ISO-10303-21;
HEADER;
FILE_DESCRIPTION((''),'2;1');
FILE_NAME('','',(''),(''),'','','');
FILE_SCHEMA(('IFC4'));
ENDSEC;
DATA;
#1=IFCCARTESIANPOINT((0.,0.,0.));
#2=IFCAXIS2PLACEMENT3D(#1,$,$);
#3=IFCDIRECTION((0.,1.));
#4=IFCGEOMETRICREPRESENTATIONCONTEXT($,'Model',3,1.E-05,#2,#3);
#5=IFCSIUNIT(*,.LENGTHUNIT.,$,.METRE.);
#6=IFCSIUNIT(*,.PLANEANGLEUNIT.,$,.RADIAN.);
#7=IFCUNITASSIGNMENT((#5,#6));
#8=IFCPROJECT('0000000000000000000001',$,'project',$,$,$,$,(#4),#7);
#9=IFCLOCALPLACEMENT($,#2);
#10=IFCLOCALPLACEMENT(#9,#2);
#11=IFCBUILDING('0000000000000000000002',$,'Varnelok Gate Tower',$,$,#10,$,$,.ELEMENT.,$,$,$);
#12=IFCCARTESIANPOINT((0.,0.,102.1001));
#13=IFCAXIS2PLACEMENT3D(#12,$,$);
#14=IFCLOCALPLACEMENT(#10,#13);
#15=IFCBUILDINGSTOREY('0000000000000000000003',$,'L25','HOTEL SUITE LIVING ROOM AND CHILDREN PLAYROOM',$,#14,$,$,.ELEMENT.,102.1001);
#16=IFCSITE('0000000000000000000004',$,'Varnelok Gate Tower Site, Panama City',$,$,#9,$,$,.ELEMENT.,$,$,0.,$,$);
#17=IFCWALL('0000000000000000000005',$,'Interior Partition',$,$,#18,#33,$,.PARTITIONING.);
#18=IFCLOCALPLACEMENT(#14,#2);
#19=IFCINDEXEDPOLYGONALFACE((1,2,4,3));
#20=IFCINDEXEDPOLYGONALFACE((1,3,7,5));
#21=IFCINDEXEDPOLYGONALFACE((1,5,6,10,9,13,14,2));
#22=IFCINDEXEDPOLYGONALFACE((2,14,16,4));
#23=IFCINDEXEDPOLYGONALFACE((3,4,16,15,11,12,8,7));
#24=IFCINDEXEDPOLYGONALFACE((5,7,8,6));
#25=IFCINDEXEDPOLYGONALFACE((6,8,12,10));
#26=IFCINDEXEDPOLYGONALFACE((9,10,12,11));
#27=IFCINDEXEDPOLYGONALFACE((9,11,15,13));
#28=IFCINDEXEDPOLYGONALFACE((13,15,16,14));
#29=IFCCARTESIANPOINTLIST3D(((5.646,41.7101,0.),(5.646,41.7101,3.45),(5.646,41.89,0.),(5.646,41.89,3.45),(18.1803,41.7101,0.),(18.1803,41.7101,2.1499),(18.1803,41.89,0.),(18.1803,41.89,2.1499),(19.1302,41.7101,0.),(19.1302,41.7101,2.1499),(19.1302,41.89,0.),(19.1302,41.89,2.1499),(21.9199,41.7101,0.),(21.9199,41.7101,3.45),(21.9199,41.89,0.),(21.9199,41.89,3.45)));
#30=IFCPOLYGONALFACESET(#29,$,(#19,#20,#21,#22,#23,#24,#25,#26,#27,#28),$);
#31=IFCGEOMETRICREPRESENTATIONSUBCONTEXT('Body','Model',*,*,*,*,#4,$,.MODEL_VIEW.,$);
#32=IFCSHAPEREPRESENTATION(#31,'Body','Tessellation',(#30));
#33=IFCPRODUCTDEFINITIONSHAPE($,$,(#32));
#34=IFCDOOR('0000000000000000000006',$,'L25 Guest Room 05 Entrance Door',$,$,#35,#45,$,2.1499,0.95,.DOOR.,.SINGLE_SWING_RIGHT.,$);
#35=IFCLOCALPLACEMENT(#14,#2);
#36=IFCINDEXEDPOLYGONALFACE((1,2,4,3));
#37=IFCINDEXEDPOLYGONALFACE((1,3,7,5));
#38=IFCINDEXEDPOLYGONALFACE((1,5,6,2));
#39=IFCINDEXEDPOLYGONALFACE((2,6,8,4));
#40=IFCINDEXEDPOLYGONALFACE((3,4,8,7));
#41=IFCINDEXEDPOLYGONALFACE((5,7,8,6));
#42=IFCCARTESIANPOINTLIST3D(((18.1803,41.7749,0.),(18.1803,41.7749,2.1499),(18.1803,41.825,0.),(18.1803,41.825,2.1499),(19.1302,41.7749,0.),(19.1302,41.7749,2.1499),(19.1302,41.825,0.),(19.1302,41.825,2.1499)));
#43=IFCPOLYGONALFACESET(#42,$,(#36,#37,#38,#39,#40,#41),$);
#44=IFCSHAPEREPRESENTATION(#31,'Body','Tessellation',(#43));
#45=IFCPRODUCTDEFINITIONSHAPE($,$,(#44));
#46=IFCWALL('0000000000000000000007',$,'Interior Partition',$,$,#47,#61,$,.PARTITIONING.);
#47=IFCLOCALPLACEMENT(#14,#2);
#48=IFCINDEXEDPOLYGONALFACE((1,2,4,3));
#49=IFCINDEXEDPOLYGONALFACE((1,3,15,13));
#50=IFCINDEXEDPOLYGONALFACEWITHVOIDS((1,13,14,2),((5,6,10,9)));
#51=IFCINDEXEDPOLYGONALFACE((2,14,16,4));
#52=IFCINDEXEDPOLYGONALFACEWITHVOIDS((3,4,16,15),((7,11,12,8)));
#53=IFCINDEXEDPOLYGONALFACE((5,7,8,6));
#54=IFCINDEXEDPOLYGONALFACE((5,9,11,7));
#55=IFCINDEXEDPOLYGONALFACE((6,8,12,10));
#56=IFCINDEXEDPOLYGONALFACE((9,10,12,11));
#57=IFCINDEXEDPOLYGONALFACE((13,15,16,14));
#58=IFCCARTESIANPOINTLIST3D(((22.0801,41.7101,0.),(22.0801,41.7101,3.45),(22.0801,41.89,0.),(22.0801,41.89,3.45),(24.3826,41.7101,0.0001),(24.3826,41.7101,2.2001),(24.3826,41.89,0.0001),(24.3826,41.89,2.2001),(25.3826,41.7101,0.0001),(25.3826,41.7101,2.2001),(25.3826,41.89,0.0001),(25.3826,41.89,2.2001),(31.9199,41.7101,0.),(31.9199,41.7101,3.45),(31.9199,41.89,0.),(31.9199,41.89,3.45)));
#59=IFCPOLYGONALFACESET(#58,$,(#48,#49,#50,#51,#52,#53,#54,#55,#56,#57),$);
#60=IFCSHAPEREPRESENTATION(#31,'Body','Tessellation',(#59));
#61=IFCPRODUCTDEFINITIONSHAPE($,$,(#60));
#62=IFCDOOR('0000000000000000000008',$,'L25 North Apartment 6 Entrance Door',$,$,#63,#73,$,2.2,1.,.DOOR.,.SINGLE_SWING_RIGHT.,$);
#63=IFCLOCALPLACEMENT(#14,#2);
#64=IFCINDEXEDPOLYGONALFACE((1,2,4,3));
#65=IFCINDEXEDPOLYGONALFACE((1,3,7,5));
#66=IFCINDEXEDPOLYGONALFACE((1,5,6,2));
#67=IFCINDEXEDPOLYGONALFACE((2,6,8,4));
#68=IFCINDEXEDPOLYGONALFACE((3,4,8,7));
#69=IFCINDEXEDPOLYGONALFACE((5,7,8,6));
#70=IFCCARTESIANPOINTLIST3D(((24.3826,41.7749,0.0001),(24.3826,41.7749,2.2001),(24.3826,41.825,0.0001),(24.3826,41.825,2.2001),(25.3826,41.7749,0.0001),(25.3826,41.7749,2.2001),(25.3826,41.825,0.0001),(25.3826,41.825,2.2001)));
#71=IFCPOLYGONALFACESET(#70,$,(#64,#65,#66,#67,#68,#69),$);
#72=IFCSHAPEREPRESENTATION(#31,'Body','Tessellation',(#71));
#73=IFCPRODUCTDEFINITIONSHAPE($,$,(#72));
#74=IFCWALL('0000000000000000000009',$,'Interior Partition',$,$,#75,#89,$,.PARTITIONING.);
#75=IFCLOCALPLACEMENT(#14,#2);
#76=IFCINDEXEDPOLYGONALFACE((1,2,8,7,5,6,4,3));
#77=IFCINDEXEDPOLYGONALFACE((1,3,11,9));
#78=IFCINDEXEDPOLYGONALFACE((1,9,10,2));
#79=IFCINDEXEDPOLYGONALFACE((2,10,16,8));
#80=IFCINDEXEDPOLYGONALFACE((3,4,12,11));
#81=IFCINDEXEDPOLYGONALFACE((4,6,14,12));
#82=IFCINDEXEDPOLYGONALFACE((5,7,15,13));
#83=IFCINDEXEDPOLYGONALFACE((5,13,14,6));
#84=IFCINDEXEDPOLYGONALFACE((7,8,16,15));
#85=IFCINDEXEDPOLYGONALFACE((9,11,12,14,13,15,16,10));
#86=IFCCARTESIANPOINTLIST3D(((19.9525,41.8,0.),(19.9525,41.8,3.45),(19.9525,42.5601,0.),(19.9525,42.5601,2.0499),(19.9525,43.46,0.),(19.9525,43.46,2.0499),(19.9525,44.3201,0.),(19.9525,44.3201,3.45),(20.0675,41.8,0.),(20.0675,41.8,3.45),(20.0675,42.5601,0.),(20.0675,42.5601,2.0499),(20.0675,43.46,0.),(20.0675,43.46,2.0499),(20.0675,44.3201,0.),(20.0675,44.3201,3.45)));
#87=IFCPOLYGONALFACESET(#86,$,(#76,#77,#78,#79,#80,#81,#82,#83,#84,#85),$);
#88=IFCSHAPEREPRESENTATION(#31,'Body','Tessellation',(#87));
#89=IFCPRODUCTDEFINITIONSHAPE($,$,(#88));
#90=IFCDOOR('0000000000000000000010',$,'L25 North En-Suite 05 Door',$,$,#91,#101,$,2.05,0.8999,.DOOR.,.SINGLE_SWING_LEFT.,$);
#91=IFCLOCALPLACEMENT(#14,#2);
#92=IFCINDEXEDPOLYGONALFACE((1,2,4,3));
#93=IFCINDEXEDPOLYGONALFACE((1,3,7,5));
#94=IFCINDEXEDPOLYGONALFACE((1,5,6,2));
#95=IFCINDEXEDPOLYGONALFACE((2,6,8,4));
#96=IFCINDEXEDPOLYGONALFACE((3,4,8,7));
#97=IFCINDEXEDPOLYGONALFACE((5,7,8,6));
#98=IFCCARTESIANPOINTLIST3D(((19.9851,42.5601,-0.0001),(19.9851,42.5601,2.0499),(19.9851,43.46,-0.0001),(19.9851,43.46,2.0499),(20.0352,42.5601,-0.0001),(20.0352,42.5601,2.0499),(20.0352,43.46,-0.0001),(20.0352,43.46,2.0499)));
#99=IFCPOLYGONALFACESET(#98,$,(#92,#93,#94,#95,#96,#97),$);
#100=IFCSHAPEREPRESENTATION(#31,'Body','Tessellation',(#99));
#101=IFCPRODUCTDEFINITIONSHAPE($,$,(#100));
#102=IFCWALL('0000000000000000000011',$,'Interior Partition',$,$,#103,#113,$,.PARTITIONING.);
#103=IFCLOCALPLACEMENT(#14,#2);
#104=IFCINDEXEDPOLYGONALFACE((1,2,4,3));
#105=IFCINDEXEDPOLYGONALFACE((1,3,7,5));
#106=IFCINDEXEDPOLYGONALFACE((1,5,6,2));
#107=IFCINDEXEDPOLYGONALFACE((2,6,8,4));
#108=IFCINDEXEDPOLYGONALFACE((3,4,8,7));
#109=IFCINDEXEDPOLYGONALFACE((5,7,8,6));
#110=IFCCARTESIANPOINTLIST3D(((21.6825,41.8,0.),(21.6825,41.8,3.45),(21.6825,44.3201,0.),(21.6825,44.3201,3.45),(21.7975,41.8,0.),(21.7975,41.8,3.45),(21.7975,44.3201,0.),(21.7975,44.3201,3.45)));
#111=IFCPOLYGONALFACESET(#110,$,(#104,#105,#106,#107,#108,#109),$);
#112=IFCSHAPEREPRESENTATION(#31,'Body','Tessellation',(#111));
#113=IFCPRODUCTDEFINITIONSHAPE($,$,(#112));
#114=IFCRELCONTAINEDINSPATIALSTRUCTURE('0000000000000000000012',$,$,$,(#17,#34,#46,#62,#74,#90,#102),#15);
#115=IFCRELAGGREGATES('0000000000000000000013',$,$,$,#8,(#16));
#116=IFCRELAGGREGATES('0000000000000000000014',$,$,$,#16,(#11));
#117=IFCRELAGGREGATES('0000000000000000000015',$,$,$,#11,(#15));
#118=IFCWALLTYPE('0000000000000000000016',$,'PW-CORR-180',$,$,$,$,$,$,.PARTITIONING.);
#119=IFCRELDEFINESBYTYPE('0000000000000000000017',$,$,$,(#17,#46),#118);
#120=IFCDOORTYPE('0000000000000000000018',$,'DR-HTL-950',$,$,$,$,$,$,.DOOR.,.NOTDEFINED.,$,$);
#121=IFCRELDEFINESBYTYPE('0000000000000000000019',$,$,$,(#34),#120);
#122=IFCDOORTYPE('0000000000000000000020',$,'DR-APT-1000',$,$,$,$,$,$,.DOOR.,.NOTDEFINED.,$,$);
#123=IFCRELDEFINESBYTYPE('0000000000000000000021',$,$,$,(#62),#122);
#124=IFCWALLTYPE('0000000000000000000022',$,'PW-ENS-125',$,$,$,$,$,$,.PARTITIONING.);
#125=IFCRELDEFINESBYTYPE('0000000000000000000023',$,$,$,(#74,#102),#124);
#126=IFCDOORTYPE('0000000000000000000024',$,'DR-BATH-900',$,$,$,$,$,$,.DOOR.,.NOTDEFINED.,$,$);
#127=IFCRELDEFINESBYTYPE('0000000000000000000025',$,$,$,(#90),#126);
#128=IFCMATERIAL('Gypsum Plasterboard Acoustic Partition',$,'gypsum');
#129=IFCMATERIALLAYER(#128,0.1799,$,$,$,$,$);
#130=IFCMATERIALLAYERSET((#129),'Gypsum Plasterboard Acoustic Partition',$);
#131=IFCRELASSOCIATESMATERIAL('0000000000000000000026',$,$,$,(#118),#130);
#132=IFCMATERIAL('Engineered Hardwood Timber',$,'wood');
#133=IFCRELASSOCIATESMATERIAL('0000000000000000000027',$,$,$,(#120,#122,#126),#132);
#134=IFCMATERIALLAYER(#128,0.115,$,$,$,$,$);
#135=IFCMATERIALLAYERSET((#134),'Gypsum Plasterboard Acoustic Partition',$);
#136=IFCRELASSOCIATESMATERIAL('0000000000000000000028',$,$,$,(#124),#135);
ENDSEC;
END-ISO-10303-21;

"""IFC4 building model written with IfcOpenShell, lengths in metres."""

from ifc_helpers import new_model, si_unit, direction, frame, frame_2d, origin, place, context, subcontext, project, spatial, rectangle, extrude, material, layer, layer_set, type_object, element, fill, save


model = new_model("IFC4")

# Units and contexts
model_context = context("Model", 3, precision=1e-05, world=origin(), true_north=direction((0.0, 1.0)))
body_context = subcontext(model_context, "Body", "Model", "MODEL_VIEW")
ifc_project = project(units=[si_unit("LENGTHUNIT", "METRE"), si_unit("PLANEANGLEUNIT", "RADIAN")], contexts=[model_context])

# Site, building, storey
site_placement = place(None, origin())
site = spatial("IfcSite", under=ifc_project, at=site_placement, Name="Varnelok Gate Tower Site, Panama City", CompositionType="ELEMENT", RefElevation=0.0)
building_placement = place(site_placement, origin())
building = spatial("IfcBuilding", under=site, at=building_placement, Name="Varnelok Gate Tower", CompositionType="ELEMENT")
storey_placement = place(building_placement, frame((0.0, 0.0, 102.1001)))
storey = spatial("IfcBuildingStorey", under=building, at=storey_placement, Name="L25", Description="HOTEL SUITE LIVING ROOM AND CHILDREN PLAYROOM", CompositionType="ELEMENT", Elevation=102.1001)

# Walls, openings, doors
ifc_material_1 = material(Name="Gypsum Plasterboard Acoustic Partition", Category="gypsum")
ifc_layer_1 = layer(ifc_material_1, 0.1799)
ifc_layer_set_1 = layer_set([ifc_layer_1], Name="Gypsum Plasterboard Acoustic Partition")
wall_type_1 = type_object("IfcWallType", Name="PW-CORR-180", PredefinedType="PARTITIONING", material=ifc_layer_set_1)
wall_1_placement = place(storey_placement, frame((5.646, 41.8, 0.0), z_axis=(0.0, 0.0, 1.0), x_axis=(1.0, 0.0, 0.0)))
wall_1 = element("IfcWall", 1, at=wall_1_placement, inside=storey, type_object=wall_type_1, Name="Interior Partition", PredefinedType="PARTITIONING", context=body_context, shape_type="SweptSolid", body=[
    extrude(rectangle(XDim=16.2739, YDim=0.1799, at=frame_2d((8.137, 0.0))), origin(), (0.0, 0.0, 1.0), 3.45),
])
opening_1_placement = place(wall_1_placement, frame((12.5342, 0.0, 0.0)))
opening_1 = element("IfcOpeningElement", 2, at=opening_1_placement, cuts=wall_1, PredefinedType="OPENING", context=body_context, shape_type="SweptSolid", body=[
    extrude(rectangle(XDim=0.95, YDim=2.1499, at=frame_2d((0.4751, 1.075))), frame((0.0, 0.0999, 0.0), z_axis=(0.0, -1.0, 0.0), x_axis=(1.0, 0.0, 0.0)), (0.0, 0.0, 1.0), 0.2),
])
ifc_material_2 = material(Name="Engineered Hardwood Timber", Category="wood")
door_type_1 = type_object("IfcDoorType", Name="DR-HTL-950", OperationType="NOTDEFINED", PredefinedType="DOOR", material=ifc_material_2)
door_1_placement = place(opening_1_placement, origin())
door_1 = element("IfcDoor", 3, at=door_1_placement, inside=storey, type_object=door_type_1, Name="L25 Guest Room 05 Entrance Door", OperationType="SINGLE_SWING_RIGHT", OverallHeight=2.1499, OverallWidth=0.95, PredefinedType="DOOR", context=body_context, shape_type="SweptSolid", body=[
    extrude(rectangle(XDim=0.95, YDim=2.1499, at=frame_2d((0.4751, 1.075))), frame((0.0, 0.0249, 0.0), z_axis=(0.0, -1.0, 0.0), x_axis=(1.0, 0.0, 0.0)), (0.0, 0.0, 1.0), 0.05),
])
fill(opening_1, door_1)
wall_2_placement = place(storey_placement, frame((22.0801, 41.8, 0.0), z_axis=(0.0, 0.0, 1.0), x_axis=(1.0, 0.0, 0.0)))
wall_2 = element("IfcWall", 4, at=wall_2_placement, inside=storey, type_object=wall_type_1, Name="Interior Partition", PredefinedType="PARTITIONING", context=body_context, shape_type="SweptSolid", body=[
    extrude(rectangle(XDim=9.8398, YDim=0.1799, at=frame_2d((4.9199, 0.0))), origin(), (0.0, 0.0, 1.0), 3.45),
])
opening_2_placement = place(wall_2_placement, frame((2.3025, 0.0, 0.0)))
opening_2 = element("IfcOpeningElement", 5, at=opening_2_placement, cuts=wall_2, PredefinedType="OPENING", context=body_context, shape_type="SweptSolid", body=[
    extrude(rectangle(XDim=1.0, YDim=2.2, at=frame_2d((0.5, 1.1001))), frame((0.0, 0.0999, 0.0), z_axis=(0.0, -1.0, 0.0), x_axis=(1.0, 0.0, 0.0)), (0.0, 0.0, 1.0), 0.2),
])
door_type_2 = type_object("IfcDoorType", Name="DR-APT-1000", OperationType="NOTDEFINED", PredefinedType="DOOR", material=ifc_material_2)
door_2_placement = place(opening_2_placement, origin())
door_2 = element("IfcDoor", 6, at=door_2_placement, inside=storey, type_object=door_type_2, Name="L25 North Apartment 6 Entrance Door", OperationType="SINGLE_SWING_RIGHT", OverallHeight=2.2, OverallWidth=1.0, PredefinedType="DOOR", context=body_context, shape_type="SweptSolid", body=[
    extrude(rectangle(XDim=1.0, YDim=2.2, at=frame_2d((0.5, 1.1001))), frame((0.0, 0.0249, 0.0), z_axis=(0.0, -1.0, 0.0), x_axis=(1.0, 0.0, 0.0)), (0.0, 0.0, 1.0), 0.05),
])
fill(opening_2, door_2)
ifc_layer_2 = layer(ifc_material_1, 0.115)
ifc_layer_set_2 = layer_set([ifc_layer_2], Name="Gypsum Plasterboard Acoustic Partition")
wall_type_2 = type_object("IfcWallType", Name="PW-ENS-125", PredefinedType="PARTITIONING", material=ifc_layer_set_2)
wall_3_placement = place(storey_placement, frame((20.01, 41.8, 0.0), z_axis=(0.0, 0.0, 1.0), x_axis=(0.0, 1.0, 0.0)))
wall_3 = element("IfcWall", 7, at=wall_3_placement, inside=storey, type_object=wall_type_2, Name="Interior Partition", PredefinedType="PARTITIONING", context=body_context, shape_type="SweptSolid", body=[
    extrude(rectangle(XDim=2.52, YDim=0.115, at=frame_2d((1.26, 0.0))), origin(), (0.0, 0.0, 1.0), 3.45),
])
opening_3_placement = place(wall_3_placement, frame((0.76, 0.0, 0.0)))
opening_3 = element("IfcOpeningElement", 8, at=opening_3_placement, cuts=wall_3, PredefinedType="OPENING", context=body_context, shape_type="SweptSolid", body=[
    extrude(rectangle(XDim=0.8999, YDim=2.05, at=frame_2d((0.45, 1.0249))), frame((0.0, 0.0674, 0.0), z_axis=(0.0, -1.0, 0.0), x_axis=(1.0, 0.0, 0.0)), (0.0, 0.0, 1.0), 0.135),
])
door_type_3 = type_object("IfcDoorType", Name="DR-BATH-900", OperationType="NOTDEFINED", PredefinedType="DOOR", material=ifc_material_2)
door_3_placement = place(opening_3_placement, origin())
door_3 = element("IfcDoor", 9, at=door_3_placement, inside=storey, type_object=door_type_3, Name="L25 North En-Suite 05 Door", OperationType="SINGLE_SWING_LEFT", OverallHeight=2.05, OverallWidth=0.8999, PredefinedType="DOOR", context=body_context, shape_type="SweptSolid", body=[
    extrude(rectangle(XDim=0.8999, YDim=2.05, at=frame_2d((0.45, 1.0249))), frame((0.0, 0.0249, 0.0), z_axis=(0.0, -1.0, 0.0), x_axis=(1.0, 0.0, 0.0)), (0.0, 0.0, 1.0), 0.05),
])
fill(opening_3, door_3)

# Wall
wall_4_placement = place(storey_placement, frame((21.74, 41.8, 0.0), z_axis=(0.0, 0.0, 1.0), x_axis=(0.0, 1.0, 0.0)))
element("IfcWall", 10, at=wall_4_placement, inside=storey, type_object=wall_type_2, Name="Interior Partition", PredefinedType="PARTITIONING", context=body_context, shape_type="SweptSolid", body=[
    extrude(rectangle(XDim=2.52, YDim=0.115, at=frame_2d((1.26, 0.0))), origin(), (0.0, 0.0, 1.0), 3.45),
])

save(model, "model.ifc")
